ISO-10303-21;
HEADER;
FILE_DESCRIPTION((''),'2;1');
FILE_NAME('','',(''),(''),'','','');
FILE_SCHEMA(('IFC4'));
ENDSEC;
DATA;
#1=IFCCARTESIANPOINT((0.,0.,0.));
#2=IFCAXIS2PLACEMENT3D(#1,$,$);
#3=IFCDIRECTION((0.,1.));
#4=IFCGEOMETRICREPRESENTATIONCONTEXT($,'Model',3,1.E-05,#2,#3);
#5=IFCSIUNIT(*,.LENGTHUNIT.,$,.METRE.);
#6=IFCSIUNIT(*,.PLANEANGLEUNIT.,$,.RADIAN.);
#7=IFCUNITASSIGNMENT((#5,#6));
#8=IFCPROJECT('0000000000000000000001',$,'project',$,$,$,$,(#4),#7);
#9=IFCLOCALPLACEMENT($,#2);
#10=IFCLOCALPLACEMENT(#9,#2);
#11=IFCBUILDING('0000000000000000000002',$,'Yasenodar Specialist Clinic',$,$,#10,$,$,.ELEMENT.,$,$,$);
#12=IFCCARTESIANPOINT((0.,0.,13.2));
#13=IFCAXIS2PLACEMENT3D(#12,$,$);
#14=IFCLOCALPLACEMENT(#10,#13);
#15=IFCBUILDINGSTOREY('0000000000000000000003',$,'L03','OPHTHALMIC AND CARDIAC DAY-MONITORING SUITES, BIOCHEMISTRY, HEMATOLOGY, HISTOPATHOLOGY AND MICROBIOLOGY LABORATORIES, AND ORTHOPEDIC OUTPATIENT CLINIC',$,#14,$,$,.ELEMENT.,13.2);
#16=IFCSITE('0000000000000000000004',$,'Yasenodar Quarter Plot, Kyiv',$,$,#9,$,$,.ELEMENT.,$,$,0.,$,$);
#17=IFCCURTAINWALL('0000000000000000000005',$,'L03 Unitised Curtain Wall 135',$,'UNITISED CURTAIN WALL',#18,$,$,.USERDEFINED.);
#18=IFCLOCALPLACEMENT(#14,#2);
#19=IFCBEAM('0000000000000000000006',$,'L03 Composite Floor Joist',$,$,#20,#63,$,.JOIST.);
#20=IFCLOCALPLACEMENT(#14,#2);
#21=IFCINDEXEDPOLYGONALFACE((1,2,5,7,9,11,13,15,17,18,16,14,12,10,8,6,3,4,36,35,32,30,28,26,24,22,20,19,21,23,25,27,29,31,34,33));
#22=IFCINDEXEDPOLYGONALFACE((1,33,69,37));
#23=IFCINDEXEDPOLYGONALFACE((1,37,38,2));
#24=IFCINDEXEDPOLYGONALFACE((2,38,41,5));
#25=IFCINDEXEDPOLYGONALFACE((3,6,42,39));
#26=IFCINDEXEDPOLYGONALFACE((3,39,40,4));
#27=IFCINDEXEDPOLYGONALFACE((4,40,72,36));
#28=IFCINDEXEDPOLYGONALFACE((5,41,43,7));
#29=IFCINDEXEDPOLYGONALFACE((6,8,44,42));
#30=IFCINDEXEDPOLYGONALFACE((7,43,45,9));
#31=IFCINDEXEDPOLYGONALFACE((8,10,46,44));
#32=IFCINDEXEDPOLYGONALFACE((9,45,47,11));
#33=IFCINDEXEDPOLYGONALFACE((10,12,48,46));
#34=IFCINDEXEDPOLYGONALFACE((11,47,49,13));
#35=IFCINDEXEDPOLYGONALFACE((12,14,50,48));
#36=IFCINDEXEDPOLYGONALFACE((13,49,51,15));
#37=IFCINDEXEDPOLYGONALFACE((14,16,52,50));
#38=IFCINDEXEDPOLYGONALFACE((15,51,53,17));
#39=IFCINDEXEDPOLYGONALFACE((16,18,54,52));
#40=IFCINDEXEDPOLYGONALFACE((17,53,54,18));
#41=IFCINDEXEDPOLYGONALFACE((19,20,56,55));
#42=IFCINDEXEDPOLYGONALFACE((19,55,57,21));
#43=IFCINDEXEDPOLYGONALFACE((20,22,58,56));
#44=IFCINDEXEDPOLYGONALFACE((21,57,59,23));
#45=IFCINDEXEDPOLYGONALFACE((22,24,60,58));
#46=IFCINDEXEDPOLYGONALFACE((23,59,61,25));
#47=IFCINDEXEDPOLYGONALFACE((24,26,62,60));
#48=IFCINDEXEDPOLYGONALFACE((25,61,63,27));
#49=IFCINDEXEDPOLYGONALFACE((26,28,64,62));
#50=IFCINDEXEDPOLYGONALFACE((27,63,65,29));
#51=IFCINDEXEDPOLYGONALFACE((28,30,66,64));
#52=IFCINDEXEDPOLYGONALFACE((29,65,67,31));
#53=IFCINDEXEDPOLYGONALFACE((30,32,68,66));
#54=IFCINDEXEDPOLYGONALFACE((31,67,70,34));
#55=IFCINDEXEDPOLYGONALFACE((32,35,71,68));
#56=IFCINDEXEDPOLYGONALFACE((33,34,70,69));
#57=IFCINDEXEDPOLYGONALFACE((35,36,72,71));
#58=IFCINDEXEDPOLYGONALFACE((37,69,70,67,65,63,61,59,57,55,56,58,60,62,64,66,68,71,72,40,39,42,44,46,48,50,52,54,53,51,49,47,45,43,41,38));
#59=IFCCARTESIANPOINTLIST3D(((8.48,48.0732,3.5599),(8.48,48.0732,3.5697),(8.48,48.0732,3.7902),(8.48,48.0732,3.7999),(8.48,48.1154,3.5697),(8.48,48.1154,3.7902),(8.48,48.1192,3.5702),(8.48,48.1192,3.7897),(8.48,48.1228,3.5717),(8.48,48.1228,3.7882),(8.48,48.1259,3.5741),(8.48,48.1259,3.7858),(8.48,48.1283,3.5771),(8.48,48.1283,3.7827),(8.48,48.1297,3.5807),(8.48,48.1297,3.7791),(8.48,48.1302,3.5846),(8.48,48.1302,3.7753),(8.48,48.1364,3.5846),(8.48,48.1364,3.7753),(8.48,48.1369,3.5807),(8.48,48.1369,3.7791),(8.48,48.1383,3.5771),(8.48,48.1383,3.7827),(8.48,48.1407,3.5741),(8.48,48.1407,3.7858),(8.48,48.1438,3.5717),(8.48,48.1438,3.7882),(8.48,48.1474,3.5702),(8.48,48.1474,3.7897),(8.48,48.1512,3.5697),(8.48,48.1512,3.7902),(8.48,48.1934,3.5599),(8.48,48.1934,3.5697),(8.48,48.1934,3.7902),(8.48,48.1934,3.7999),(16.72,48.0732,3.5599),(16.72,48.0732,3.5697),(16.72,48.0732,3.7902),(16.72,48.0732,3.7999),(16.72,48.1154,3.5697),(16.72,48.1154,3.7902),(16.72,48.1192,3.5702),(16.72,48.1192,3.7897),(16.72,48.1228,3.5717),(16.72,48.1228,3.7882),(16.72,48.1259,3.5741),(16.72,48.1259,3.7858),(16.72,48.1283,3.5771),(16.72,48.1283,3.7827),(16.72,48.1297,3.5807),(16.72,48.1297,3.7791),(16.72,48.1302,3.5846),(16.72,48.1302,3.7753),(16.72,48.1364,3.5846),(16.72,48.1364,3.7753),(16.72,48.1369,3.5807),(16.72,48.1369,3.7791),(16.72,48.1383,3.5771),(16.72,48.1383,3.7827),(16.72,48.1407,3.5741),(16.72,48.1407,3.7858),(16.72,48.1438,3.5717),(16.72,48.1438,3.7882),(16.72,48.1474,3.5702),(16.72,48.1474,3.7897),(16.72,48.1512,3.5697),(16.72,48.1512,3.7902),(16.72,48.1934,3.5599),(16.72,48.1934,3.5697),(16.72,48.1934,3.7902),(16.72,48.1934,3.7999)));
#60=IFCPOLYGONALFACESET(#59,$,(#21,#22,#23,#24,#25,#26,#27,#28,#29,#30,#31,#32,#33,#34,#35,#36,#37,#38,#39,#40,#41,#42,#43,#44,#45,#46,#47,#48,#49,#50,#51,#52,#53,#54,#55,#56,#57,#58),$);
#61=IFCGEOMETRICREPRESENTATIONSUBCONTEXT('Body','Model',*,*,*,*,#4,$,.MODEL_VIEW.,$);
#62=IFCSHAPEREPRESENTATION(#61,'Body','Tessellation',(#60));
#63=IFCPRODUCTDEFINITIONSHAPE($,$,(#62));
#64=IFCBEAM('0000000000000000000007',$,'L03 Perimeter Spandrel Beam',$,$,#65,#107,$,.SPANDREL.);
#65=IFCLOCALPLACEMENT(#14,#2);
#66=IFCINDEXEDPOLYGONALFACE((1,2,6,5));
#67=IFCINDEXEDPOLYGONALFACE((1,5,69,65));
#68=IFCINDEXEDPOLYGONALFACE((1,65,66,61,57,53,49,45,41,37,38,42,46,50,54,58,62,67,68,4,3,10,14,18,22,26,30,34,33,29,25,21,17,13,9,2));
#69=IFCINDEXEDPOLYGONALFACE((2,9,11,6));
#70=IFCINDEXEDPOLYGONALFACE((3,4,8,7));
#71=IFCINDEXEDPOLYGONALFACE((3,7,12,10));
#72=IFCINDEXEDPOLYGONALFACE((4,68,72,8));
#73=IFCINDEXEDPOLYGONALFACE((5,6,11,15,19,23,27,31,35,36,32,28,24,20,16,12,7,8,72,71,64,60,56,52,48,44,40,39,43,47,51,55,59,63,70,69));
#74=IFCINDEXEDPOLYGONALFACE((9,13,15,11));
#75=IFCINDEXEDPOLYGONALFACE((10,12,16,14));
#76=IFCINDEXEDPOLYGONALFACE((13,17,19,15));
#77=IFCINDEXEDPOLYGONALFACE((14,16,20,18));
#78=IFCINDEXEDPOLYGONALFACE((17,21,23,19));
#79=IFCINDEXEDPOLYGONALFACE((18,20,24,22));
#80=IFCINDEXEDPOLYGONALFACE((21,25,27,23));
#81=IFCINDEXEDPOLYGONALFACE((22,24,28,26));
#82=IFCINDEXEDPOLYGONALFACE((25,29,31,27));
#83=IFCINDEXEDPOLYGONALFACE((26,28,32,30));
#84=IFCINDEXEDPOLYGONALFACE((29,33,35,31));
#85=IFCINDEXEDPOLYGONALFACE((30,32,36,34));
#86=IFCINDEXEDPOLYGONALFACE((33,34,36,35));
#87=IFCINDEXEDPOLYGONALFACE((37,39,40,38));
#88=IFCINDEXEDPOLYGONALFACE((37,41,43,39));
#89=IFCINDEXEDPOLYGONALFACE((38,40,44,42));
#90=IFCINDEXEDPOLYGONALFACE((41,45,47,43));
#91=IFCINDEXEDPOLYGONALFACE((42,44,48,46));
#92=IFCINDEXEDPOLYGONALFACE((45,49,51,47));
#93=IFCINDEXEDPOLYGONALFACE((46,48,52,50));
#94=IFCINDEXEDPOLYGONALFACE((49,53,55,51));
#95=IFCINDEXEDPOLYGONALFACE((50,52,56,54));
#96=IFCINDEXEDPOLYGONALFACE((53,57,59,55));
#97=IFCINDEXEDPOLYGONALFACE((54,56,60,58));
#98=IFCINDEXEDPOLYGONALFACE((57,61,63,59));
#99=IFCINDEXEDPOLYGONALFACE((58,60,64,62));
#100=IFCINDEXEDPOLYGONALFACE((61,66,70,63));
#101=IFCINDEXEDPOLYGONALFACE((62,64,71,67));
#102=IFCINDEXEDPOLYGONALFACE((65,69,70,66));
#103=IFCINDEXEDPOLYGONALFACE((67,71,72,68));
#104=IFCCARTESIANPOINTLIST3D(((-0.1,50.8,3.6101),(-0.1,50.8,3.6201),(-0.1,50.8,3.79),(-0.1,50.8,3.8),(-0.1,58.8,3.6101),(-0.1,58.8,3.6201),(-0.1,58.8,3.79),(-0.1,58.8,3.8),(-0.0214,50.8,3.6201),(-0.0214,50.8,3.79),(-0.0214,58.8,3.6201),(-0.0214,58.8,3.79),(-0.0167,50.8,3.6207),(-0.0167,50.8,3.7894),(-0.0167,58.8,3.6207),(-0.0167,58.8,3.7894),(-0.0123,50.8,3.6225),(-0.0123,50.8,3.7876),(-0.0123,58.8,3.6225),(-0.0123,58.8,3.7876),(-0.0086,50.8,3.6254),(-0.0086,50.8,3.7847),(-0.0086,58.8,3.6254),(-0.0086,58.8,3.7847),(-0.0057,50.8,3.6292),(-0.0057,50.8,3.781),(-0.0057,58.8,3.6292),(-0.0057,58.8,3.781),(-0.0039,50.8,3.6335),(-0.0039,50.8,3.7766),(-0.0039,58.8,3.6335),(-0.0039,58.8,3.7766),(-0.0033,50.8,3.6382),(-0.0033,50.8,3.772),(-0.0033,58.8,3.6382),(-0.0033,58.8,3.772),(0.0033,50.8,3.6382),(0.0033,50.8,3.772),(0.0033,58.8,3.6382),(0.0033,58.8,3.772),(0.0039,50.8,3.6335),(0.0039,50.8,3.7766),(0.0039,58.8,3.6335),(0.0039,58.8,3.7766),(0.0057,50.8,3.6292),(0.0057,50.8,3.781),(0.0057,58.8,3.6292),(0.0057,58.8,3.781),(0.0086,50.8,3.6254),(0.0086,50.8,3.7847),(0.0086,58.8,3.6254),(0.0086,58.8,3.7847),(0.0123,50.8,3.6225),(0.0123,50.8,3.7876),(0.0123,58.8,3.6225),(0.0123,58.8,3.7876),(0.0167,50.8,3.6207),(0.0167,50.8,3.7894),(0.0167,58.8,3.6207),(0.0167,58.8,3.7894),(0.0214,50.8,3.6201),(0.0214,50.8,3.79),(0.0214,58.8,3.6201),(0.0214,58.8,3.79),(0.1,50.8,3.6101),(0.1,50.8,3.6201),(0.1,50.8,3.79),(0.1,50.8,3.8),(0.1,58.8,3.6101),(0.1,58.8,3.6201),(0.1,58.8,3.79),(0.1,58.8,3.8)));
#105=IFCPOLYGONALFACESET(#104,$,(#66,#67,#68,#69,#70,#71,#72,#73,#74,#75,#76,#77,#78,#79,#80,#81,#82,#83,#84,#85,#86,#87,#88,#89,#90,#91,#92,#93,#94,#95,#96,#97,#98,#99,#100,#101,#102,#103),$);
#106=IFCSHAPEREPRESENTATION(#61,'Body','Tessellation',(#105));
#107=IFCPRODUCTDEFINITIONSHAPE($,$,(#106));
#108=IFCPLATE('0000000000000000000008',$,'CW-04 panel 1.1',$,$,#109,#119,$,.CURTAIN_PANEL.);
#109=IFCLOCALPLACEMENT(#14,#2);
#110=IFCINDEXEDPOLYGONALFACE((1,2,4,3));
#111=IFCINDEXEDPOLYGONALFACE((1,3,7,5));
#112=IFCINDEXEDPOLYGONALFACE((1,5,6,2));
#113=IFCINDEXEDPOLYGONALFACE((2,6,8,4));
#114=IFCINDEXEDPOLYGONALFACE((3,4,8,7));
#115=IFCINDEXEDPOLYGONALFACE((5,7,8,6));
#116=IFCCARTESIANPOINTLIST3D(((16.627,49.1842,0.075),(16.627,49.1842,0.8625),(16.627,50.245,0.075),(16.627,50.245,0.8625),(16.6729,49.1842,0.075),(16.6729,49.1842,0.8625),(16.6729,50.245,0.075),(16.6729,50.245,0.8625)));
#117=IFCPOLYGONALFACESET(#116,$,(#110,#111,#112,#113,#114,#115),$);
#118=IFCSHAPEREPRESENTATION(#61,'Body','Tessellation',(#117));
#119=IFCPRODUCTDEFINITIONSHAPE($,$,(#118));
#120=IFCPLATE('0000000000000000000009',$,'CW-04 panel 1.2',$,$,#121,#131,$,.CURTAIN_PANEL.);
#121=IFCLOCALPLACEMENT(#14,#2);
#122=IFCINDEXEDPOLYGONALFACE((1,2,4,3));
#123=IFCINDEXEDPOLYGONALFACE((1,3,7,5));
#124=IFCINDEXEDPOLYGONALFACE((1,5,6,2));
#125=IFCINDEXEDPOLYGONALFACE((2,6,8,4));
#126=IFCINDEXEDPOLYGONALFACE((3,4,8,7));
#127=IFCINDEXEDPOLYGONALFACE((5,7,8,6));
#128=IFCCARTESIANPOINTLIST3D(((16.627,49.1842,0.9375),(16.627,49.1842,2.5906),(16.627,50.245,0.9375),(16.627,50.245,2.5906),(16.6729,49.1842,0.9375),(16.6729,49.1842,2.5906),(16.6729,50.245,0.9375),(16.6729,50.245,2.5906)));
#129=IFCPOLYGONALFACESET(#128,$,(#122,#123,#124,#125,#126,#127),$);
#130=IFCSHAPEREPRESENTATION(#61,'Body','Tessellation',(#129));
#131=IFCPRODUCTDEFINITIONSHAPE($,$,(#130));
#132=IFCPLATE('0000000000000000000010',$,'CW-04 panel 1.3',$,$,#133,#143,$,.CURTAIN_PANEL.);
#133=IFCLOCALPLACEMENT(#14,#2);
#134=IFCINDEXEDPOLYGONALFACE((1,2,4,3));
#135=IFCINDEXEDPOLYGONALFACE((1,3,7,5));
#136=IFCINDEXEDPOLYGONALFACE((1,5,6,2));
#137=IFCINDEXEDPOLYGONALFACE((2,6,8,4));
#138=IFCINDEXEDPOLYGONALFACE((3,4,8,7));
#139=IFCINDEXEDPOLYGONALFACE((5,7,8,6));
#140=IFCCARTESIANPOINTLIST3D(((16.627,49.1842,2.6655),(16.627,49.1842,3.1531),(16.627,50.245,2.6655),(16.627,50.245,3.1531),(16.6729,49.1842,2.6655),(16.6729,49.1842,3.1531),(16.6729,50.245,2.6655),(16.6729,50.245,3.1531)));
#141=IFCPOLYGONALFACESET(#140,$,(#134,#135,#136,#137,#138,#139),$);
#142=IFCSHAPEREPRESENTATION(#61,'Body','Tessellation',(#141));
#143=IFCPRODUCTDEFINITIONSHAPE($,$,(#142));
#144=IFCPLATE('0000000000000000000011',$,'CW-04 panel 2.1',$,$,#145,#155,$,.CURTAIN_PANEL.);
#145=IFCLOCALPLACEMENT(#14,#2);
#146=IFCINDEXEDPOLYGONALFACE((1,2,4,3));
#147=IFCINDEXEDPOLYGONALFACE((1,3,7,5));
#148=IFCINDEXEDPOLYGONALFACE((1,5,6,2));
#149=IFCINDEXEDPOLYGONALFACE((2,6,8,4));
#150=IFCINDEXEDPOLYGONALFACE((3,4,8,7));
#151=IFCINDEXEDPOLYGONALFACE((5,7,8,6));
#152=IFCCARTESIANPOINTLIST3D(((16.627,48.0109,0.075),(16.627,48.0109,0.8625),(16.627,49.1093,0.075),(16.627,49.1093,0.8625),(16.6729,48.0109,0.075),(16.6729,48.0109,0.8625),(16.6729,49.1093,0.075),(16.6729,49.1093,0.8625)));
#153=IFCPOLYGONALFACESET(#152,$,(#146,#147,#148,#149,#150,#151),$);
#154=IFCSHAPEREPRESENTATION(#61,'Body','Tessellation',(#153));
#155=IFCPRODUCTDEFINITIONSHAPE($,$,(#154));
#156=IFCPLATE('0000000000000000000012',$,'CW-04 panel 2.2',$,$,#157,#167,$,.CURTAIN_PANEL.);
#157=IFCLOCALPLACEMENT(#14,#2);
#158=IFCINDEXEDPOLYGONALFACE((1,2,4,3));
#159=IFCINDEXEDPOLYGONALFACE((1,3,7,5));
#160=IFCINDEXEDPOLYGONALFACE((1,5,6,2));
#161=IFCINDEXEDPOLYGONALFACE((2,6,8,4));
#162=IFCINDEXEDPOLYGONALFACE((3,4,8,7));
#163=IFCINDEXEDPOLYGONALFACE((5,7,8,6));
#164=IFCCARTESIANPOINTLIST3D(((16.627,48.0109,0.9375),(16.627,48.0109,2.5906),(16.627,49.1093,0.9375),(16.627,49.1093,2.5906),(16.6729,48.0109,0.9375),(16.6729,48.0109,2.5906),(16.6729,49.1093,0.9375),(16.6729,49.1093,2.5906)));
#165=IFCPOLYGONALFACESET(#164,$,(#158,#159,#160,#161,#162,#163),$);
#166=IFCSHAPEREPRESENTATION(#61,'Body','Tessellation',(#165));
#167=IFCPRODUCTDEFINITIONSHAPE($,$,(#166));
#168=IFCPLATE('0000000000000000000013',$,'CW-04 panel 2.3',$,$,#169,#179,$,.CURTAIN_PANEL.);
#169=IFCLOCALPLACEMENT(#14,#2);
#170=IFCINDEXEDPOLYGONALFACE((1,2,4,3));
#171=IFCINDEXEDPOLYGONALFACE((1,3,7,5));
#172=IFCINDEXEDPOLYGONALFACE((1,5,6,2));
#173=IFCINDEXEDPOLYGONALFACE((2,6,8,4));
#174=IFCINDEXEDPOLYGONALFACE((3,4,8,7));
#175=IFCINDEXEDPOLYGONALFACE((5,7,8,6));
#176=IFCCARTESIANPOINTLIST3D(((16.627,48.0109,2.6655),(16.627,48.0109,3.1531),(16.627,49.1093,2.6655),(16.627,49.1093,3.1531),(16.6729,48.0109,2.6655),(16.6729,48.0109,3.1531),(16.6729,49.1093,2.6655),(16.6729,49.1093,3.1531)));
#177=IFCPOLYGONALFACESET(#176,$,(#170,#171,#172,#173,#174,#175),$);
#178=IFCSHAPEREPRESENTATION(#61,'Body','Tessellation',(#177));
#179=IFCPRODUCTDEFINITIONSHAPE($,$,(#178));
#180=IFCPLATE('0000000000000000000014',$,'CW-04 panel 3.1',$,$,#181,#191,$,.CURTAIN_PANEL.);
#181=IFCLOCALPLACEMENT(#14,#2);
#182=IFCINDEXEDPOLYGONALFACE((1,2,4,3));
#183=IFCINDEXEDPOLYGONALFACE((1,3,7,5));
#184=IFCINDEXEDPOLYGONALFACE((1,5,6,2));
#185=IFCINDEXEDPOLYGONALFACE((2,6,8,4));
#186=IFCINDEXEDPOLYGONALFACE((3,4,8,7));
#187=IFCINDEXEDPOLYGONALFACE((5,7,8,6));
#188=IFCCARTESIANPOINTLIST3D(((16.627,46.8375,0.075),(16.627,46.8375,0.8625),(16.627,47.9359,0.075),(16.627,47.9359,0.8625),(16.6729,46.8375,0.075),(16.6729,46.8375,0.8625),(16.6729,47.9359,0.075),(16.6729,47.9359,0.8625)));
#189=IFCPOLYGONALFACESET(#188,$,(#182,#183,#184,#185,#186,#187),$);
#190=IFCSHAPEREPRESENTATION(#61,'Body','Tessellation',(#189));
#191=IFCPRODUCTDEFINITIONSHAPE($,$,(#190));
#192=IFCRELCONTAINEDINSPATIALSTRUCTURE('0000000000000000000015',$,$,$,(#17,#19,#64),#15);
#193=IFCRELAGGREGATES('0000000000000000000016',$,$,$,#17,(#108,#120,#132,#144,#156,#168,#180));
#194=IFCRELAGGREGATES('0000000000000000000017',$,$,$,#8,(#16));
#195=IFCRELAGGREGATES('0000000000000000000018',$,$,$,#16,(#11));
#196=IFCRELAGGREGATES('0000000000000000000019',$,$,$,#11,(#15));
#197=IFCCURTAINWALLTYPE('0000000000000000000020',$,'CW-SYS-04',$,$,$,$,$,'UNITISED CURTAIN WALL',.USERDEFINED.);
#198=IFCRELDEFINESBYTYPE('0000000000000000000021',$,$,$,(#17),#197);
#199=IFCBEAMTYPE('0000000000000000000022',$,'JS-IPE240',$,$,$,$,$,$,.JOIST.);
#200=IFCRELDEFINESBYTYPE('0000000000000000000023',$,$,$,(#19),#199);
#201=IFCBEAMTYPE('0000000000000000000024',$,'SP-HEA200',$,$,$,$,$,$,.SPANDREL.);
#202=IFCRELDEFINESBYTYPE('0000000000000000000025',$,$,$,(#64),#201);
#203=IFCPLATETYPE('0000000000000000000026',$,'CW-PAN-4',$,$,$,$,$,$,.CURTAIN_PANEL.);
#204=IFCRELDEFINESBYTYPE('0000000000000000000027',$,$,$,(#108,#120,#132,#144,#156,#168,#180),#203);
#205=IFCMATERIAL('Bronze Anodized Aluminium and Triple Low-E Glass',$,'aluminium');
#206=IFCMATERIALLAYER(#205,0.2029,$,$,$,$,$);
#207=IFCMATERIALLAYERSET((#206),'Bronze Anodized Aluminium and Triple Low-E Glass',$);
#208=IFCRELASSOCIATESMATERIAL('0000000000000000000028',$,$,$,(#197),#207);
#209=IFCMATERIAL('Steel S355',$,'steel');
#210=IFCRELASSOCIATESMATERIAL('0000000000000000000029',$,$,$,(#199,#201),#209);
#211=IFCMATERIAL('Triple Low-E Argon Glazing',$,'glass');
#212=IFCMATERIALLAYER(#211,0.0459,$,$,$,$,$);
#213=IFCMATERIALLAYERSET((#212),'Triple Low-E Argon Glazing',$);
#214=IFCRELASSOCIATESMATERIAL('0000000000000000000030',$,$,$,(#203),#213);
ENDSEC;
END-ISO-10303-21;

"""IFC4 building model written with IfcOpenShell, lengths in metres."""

from ifc_helpers import new_model, si_unit, direction, frame, origin, origin_2d, place, context, subcontext, project, spatial, rectangle, i_section, extrude, material, layer, layer_set, material_profile, profile_set, type_object, element, aggregate, save


model = new_model("IFC4")

# Units and contexts
model_context = context("Model", 3, precision=1e-05, world=origin(), true_north=direction((0.0, 1.0)))
body_context = subcontext(model_context, "Body", "Model", "MODEL_VIEW")
ifc_project = project(units=[si_unit("LENGTHUNIT", "METRE"), si_unit("PLANEANGLEUNIT", "RADIAN")], contexts=[model_context])

# Site, building, storey
site_placement = place(None, origin())
site = spatial("IfcSite", under=ifc_project, at=site_placement, Name="Yasenodar Quarter Plot, Kyiv", CompositionType="ELEMENT", RefElevation=0.0)
building_placement = place(site_placement, origin())
building = spatial("IfcBuilding", under=site, at=building_placement, Name="Yasenodar Specialist Clinic", CompositionType="ELEMENT")
storey_placement = place(building_placement, frame((0.0, 0.0, 13.2)))
storey = spatial("IfcBuildingStorey", under=building, at=storey_placement, Name="L03", Description="OPHTHALMIC AND CARDIAC DAY-MONITORING SUITES, BIOCHEMISTRY, HEMATOLOGY, HISTOPATHOLOGY AND MICROBIOLOGY LABORATORIES, AND ORTHOPEDIC OUTPATIENT CLINIC", CompositionType="ELEMENT", Elevation=13.2)

# Shared definitions
ifc_material_1 = material(Name="Steel S355", Category="steel")

# Curtain wall
ifc_material_2 = material(Name="Bronze Anodized Aluminium and Triple Low-E Glass", Category="aluminium")
ifc_layer_1 = layer(ifc_material_2, 0.2029)
ifc_layer_set_1 = layer_set([ifc_layer_1], Name="Bronze Anodized Aluminium and Triple Low-E Glass")
curtain_wall_type = type_object("IfcCurtainWallType", Name="CW-SYS-04", ElementType="UNITISED CURTAIN WALL", PredefinedType="USERDEFINED", material=ifc_layer_set_1)
curtain_wall_placement = place(storey_placement, origin())
curtain_wall = element("IfcCurtainWall", 1, at=curtain_wall_placement, inside=storey, type_object=curtain_wall_type, Name="L03 Unitised Curtain Wall 135", ObjectType="UNITISED CURTAIN WALL", PredefinedType="USERDEFINED")

# Beams
ifc_material_profile_1 = material_profile(ifc_material_1, i_section(OverallWidth=0.1201, OverallDepth=0.24, WebThickness=0.0061, FlangeThickness=0.0098, FilletRadius=0.0149, at=origin_2d()), Name="IPE 240")
ifc_profile_set_1 = profile_set([ifc_material_profile_1], Name="Steel S355")
beam_type_1 = type_object("IfcBeamType", Name="JS-IPE240", PredefinedType="JOIST", material=ifc_profile_set_1)
beam_1_placement = place(storey_placement, frame((8.48, 48.1333, 3.6799), z_axis=(1.0, 0.0, 0.0), x_axis=(0.0, 1.0, 0.0)))
element("IfcBeam", 2, at=beam_1_placement, inside=storey, type_object=beam_type_1, Name="L03 Composite Floor Joist", PredefinedType="JOIST", context=body_context, shape_type="SweptSolid", body=[
    extrude(i_section(OverallWidth=0.1201, OverallDepth=0.24, WebThickness=0.0061, FlangeThickness=0.0098, FilletRadius=0.0149, at=origin_2d()), origin(), (0.0, 0.0, 1.0), 8.24),
])
ifc_material_profile_2 = material_profile(ifc_material_1, i_section(OverallWidth=0.2, OverallDepth=0.1899, WebThickness=0.0066, FlangeThickness=0.01, FilletRadius=0.0181, at=origin_2d()), Name="HEA 200")
ifc_profile_set_2 = profile_set([ifc_material_profile_2], Name="Steel S355")
beam_type_2 = type_object("IfcBeamType", Name="SP-HEA200", PredefinedType="SPANDREL", material=ifc_profile_set_2)
beam_2_placement = place(storey_placement, frame((0.0, 50.8, 3.7051), z_axis=(0.0, 1.0, 0.0), x_axis=(-1.0, 0.0, 0.0)))
element("IfcBeam", 3, at=beam_2_placement, inside=storey, type_object=beam_type_2, Name="L03 Perimeter Spandrel Beam", PredefinedType="SPANDREL", context=body_context, shape_type="SweptSolid", body=[
    extrude(i_section(OverallWidth=0.2, OverallDepth=0.1899, WebThickness=0.0066, FlangeThickness=0.01, FilletRadius=0.0181, at=origin_2d()), origin(), (0.0, 0.0, 1.0), 8.0),
])

# Plates
ifc_material_3 = material(Name="Triple Low-E Argon Glazing", Category="glass")
ifc_layer_2 = layer(ifc_material_3, 0.0459)
ifc_layer_set_2 = layer_set([ifc_layer_2], Name="Triple Low-E Argon Glazing")
plate_type = type_object("IfcPlateType", Name="CW-PAN-4", PredefinedType="CURTAIN_PANEL", material=ifc_layer_set_2)
plate_1_placement = place(storey_placement, frame((16.6499, 49.7146, 0.075), z_axis=(0.0, 0.0, 1.0), x_axis=(0.0, -1.0, 0.0)))
plate_1 = element("IfcPlate", 4, at=plate_1_placement, type_object=plate_type, Name="CW-04 panel 1.1", PredefinedType="CURTAIN_PANEL", context=body_context, shape_type="SweptSolid", body=[
    extrude(rectangle(XDim=1.0608, YDim=0.0459, at=origin_2d()), origin(), (0.0, 0.0, 1.0), 0.7876),
])
plate_2_placement = place(storey_placement, frame((16.6499, 49.7146, 0.9375), z_axis=(0.0, 0.0, 1.0), x_axis=(0.0, -1.0, 0.0)))
plate_2 = element("IfcPlate", 5, at=plate_2_placement, type_object=plate_type, Name="CW-04 panel 1.2", PredefinedType="CURTAIN_PANEL", context=body_context, shape_type="SweptSolid", body=[
    extrude(rectangle(XDim=1.0608, YDim=0.0459, at=origin_2d()), origin(), (0.0, 0.0, 1.0), 1.6531),
])
plate_3_placement = place(storey_placement, frame((16.6499, 49.7146, 2.6655), z_axis=(0.0, 0.0, 1.0), x_axis=(0.0, -1.0, 0.0)))
plate_3 = element("IfcPlate", 6, at=plate_3_placement, type_object=plate_type, Name="CW-04 panel 1.3", PredefinedType="CURTAIN_PANEL", context=body_context, shape_type="SweptSolid", body=[
    extrude(rectangle(XDim=1.0608, YDim=0.0459, at=origin_2d()), origin(), (0.0, 0.0, 1.0), 0.4875),
])
plate_4_placement = place(storey_placement, frame((16.6499, 48.5601, 0.075), z_axis=(0.0, 0.0, 1.0), x_axis=(0.0, -1.0, 0.0)))
plate_4 = element("IfcPlate", 7, at=plate_4_placement, type_object=plate_type, Name="CW-04 panel 2.1", PredefinedType="CURTAIN_PANEL", context=body_context, shape_type="SweptSolid", body=[
    extrude(rectangle(XDim=1.0984, YDim=0.0459, at=origin_2d()), origin(), (0.0, 0.0, 1.0), 0.7876),
])
plate_5_placement = place(storey_placement, frame((16.6499, 48.5601, 0.9375), z_axis=(0.0, 0.0, 1.0), x_axis=(0.0, -1.0, 0.0)))
plate_5 = element("IfcPlate", 8, at=plate_5_placement, type_object=plate_type, Name="CW-04 panel 2.2", PredefinedType="CURTAIN_PANEL", context=body_context, shape_type="SweptSolid", body=[
    extrude(rectangle(XDim=1.0984, YDim=0.0459, at=origin_2d()), origin(), (0.0, 0.0, 1.0), 1.6531),
])
plate_6_placement = place(storey_placement, frame((16.6499, 48.5601, 2.6655), z_axis=(0.0, 0.0, 1.0), x_axis=(0.0, -1.0, 0.0)))
plate_6 = element("IfcPlate", 9, at=plate_6_placement, type_object=plate_type, Name="CW-04 panel 2.3", PredefinedType="CURTAIN_PANEL", context=body_context, shape_type="SweptSolid", body=[
    extrude(rectangle(XDim=1.0984, YDim=0.0459, at=origin_2d()), origin(), (0.0, 0.0, 1.0), 0.4875),
])
plate_7_placement = place(storey_placement, frame((16.6499, 47.3867, 0.075), z_axis=(0.0, 0.0, 1.0), x_axis=(0.0, -1.0, 0.0)))
plate_7 = element("IfcPlate", 10, at=plate_7_placement, type_object=plate_type, Name="CW-04 panel 3.1", PredefinedType="CURTAIN_PANEL", context=body_context, shape_type="SweptSolid", body=[
    extrude(rectangle(XDim=1.0984, YDim=0.0459, at=origin_2d()), origin(), (0.0, 0.0, 1.0), 0.7876),
])
aggregate(curtain_wall, [plate_1, plate_2, plate_3, plate_4, plate_5, plate_6, plate_7])

save(model, "model.ifc")
